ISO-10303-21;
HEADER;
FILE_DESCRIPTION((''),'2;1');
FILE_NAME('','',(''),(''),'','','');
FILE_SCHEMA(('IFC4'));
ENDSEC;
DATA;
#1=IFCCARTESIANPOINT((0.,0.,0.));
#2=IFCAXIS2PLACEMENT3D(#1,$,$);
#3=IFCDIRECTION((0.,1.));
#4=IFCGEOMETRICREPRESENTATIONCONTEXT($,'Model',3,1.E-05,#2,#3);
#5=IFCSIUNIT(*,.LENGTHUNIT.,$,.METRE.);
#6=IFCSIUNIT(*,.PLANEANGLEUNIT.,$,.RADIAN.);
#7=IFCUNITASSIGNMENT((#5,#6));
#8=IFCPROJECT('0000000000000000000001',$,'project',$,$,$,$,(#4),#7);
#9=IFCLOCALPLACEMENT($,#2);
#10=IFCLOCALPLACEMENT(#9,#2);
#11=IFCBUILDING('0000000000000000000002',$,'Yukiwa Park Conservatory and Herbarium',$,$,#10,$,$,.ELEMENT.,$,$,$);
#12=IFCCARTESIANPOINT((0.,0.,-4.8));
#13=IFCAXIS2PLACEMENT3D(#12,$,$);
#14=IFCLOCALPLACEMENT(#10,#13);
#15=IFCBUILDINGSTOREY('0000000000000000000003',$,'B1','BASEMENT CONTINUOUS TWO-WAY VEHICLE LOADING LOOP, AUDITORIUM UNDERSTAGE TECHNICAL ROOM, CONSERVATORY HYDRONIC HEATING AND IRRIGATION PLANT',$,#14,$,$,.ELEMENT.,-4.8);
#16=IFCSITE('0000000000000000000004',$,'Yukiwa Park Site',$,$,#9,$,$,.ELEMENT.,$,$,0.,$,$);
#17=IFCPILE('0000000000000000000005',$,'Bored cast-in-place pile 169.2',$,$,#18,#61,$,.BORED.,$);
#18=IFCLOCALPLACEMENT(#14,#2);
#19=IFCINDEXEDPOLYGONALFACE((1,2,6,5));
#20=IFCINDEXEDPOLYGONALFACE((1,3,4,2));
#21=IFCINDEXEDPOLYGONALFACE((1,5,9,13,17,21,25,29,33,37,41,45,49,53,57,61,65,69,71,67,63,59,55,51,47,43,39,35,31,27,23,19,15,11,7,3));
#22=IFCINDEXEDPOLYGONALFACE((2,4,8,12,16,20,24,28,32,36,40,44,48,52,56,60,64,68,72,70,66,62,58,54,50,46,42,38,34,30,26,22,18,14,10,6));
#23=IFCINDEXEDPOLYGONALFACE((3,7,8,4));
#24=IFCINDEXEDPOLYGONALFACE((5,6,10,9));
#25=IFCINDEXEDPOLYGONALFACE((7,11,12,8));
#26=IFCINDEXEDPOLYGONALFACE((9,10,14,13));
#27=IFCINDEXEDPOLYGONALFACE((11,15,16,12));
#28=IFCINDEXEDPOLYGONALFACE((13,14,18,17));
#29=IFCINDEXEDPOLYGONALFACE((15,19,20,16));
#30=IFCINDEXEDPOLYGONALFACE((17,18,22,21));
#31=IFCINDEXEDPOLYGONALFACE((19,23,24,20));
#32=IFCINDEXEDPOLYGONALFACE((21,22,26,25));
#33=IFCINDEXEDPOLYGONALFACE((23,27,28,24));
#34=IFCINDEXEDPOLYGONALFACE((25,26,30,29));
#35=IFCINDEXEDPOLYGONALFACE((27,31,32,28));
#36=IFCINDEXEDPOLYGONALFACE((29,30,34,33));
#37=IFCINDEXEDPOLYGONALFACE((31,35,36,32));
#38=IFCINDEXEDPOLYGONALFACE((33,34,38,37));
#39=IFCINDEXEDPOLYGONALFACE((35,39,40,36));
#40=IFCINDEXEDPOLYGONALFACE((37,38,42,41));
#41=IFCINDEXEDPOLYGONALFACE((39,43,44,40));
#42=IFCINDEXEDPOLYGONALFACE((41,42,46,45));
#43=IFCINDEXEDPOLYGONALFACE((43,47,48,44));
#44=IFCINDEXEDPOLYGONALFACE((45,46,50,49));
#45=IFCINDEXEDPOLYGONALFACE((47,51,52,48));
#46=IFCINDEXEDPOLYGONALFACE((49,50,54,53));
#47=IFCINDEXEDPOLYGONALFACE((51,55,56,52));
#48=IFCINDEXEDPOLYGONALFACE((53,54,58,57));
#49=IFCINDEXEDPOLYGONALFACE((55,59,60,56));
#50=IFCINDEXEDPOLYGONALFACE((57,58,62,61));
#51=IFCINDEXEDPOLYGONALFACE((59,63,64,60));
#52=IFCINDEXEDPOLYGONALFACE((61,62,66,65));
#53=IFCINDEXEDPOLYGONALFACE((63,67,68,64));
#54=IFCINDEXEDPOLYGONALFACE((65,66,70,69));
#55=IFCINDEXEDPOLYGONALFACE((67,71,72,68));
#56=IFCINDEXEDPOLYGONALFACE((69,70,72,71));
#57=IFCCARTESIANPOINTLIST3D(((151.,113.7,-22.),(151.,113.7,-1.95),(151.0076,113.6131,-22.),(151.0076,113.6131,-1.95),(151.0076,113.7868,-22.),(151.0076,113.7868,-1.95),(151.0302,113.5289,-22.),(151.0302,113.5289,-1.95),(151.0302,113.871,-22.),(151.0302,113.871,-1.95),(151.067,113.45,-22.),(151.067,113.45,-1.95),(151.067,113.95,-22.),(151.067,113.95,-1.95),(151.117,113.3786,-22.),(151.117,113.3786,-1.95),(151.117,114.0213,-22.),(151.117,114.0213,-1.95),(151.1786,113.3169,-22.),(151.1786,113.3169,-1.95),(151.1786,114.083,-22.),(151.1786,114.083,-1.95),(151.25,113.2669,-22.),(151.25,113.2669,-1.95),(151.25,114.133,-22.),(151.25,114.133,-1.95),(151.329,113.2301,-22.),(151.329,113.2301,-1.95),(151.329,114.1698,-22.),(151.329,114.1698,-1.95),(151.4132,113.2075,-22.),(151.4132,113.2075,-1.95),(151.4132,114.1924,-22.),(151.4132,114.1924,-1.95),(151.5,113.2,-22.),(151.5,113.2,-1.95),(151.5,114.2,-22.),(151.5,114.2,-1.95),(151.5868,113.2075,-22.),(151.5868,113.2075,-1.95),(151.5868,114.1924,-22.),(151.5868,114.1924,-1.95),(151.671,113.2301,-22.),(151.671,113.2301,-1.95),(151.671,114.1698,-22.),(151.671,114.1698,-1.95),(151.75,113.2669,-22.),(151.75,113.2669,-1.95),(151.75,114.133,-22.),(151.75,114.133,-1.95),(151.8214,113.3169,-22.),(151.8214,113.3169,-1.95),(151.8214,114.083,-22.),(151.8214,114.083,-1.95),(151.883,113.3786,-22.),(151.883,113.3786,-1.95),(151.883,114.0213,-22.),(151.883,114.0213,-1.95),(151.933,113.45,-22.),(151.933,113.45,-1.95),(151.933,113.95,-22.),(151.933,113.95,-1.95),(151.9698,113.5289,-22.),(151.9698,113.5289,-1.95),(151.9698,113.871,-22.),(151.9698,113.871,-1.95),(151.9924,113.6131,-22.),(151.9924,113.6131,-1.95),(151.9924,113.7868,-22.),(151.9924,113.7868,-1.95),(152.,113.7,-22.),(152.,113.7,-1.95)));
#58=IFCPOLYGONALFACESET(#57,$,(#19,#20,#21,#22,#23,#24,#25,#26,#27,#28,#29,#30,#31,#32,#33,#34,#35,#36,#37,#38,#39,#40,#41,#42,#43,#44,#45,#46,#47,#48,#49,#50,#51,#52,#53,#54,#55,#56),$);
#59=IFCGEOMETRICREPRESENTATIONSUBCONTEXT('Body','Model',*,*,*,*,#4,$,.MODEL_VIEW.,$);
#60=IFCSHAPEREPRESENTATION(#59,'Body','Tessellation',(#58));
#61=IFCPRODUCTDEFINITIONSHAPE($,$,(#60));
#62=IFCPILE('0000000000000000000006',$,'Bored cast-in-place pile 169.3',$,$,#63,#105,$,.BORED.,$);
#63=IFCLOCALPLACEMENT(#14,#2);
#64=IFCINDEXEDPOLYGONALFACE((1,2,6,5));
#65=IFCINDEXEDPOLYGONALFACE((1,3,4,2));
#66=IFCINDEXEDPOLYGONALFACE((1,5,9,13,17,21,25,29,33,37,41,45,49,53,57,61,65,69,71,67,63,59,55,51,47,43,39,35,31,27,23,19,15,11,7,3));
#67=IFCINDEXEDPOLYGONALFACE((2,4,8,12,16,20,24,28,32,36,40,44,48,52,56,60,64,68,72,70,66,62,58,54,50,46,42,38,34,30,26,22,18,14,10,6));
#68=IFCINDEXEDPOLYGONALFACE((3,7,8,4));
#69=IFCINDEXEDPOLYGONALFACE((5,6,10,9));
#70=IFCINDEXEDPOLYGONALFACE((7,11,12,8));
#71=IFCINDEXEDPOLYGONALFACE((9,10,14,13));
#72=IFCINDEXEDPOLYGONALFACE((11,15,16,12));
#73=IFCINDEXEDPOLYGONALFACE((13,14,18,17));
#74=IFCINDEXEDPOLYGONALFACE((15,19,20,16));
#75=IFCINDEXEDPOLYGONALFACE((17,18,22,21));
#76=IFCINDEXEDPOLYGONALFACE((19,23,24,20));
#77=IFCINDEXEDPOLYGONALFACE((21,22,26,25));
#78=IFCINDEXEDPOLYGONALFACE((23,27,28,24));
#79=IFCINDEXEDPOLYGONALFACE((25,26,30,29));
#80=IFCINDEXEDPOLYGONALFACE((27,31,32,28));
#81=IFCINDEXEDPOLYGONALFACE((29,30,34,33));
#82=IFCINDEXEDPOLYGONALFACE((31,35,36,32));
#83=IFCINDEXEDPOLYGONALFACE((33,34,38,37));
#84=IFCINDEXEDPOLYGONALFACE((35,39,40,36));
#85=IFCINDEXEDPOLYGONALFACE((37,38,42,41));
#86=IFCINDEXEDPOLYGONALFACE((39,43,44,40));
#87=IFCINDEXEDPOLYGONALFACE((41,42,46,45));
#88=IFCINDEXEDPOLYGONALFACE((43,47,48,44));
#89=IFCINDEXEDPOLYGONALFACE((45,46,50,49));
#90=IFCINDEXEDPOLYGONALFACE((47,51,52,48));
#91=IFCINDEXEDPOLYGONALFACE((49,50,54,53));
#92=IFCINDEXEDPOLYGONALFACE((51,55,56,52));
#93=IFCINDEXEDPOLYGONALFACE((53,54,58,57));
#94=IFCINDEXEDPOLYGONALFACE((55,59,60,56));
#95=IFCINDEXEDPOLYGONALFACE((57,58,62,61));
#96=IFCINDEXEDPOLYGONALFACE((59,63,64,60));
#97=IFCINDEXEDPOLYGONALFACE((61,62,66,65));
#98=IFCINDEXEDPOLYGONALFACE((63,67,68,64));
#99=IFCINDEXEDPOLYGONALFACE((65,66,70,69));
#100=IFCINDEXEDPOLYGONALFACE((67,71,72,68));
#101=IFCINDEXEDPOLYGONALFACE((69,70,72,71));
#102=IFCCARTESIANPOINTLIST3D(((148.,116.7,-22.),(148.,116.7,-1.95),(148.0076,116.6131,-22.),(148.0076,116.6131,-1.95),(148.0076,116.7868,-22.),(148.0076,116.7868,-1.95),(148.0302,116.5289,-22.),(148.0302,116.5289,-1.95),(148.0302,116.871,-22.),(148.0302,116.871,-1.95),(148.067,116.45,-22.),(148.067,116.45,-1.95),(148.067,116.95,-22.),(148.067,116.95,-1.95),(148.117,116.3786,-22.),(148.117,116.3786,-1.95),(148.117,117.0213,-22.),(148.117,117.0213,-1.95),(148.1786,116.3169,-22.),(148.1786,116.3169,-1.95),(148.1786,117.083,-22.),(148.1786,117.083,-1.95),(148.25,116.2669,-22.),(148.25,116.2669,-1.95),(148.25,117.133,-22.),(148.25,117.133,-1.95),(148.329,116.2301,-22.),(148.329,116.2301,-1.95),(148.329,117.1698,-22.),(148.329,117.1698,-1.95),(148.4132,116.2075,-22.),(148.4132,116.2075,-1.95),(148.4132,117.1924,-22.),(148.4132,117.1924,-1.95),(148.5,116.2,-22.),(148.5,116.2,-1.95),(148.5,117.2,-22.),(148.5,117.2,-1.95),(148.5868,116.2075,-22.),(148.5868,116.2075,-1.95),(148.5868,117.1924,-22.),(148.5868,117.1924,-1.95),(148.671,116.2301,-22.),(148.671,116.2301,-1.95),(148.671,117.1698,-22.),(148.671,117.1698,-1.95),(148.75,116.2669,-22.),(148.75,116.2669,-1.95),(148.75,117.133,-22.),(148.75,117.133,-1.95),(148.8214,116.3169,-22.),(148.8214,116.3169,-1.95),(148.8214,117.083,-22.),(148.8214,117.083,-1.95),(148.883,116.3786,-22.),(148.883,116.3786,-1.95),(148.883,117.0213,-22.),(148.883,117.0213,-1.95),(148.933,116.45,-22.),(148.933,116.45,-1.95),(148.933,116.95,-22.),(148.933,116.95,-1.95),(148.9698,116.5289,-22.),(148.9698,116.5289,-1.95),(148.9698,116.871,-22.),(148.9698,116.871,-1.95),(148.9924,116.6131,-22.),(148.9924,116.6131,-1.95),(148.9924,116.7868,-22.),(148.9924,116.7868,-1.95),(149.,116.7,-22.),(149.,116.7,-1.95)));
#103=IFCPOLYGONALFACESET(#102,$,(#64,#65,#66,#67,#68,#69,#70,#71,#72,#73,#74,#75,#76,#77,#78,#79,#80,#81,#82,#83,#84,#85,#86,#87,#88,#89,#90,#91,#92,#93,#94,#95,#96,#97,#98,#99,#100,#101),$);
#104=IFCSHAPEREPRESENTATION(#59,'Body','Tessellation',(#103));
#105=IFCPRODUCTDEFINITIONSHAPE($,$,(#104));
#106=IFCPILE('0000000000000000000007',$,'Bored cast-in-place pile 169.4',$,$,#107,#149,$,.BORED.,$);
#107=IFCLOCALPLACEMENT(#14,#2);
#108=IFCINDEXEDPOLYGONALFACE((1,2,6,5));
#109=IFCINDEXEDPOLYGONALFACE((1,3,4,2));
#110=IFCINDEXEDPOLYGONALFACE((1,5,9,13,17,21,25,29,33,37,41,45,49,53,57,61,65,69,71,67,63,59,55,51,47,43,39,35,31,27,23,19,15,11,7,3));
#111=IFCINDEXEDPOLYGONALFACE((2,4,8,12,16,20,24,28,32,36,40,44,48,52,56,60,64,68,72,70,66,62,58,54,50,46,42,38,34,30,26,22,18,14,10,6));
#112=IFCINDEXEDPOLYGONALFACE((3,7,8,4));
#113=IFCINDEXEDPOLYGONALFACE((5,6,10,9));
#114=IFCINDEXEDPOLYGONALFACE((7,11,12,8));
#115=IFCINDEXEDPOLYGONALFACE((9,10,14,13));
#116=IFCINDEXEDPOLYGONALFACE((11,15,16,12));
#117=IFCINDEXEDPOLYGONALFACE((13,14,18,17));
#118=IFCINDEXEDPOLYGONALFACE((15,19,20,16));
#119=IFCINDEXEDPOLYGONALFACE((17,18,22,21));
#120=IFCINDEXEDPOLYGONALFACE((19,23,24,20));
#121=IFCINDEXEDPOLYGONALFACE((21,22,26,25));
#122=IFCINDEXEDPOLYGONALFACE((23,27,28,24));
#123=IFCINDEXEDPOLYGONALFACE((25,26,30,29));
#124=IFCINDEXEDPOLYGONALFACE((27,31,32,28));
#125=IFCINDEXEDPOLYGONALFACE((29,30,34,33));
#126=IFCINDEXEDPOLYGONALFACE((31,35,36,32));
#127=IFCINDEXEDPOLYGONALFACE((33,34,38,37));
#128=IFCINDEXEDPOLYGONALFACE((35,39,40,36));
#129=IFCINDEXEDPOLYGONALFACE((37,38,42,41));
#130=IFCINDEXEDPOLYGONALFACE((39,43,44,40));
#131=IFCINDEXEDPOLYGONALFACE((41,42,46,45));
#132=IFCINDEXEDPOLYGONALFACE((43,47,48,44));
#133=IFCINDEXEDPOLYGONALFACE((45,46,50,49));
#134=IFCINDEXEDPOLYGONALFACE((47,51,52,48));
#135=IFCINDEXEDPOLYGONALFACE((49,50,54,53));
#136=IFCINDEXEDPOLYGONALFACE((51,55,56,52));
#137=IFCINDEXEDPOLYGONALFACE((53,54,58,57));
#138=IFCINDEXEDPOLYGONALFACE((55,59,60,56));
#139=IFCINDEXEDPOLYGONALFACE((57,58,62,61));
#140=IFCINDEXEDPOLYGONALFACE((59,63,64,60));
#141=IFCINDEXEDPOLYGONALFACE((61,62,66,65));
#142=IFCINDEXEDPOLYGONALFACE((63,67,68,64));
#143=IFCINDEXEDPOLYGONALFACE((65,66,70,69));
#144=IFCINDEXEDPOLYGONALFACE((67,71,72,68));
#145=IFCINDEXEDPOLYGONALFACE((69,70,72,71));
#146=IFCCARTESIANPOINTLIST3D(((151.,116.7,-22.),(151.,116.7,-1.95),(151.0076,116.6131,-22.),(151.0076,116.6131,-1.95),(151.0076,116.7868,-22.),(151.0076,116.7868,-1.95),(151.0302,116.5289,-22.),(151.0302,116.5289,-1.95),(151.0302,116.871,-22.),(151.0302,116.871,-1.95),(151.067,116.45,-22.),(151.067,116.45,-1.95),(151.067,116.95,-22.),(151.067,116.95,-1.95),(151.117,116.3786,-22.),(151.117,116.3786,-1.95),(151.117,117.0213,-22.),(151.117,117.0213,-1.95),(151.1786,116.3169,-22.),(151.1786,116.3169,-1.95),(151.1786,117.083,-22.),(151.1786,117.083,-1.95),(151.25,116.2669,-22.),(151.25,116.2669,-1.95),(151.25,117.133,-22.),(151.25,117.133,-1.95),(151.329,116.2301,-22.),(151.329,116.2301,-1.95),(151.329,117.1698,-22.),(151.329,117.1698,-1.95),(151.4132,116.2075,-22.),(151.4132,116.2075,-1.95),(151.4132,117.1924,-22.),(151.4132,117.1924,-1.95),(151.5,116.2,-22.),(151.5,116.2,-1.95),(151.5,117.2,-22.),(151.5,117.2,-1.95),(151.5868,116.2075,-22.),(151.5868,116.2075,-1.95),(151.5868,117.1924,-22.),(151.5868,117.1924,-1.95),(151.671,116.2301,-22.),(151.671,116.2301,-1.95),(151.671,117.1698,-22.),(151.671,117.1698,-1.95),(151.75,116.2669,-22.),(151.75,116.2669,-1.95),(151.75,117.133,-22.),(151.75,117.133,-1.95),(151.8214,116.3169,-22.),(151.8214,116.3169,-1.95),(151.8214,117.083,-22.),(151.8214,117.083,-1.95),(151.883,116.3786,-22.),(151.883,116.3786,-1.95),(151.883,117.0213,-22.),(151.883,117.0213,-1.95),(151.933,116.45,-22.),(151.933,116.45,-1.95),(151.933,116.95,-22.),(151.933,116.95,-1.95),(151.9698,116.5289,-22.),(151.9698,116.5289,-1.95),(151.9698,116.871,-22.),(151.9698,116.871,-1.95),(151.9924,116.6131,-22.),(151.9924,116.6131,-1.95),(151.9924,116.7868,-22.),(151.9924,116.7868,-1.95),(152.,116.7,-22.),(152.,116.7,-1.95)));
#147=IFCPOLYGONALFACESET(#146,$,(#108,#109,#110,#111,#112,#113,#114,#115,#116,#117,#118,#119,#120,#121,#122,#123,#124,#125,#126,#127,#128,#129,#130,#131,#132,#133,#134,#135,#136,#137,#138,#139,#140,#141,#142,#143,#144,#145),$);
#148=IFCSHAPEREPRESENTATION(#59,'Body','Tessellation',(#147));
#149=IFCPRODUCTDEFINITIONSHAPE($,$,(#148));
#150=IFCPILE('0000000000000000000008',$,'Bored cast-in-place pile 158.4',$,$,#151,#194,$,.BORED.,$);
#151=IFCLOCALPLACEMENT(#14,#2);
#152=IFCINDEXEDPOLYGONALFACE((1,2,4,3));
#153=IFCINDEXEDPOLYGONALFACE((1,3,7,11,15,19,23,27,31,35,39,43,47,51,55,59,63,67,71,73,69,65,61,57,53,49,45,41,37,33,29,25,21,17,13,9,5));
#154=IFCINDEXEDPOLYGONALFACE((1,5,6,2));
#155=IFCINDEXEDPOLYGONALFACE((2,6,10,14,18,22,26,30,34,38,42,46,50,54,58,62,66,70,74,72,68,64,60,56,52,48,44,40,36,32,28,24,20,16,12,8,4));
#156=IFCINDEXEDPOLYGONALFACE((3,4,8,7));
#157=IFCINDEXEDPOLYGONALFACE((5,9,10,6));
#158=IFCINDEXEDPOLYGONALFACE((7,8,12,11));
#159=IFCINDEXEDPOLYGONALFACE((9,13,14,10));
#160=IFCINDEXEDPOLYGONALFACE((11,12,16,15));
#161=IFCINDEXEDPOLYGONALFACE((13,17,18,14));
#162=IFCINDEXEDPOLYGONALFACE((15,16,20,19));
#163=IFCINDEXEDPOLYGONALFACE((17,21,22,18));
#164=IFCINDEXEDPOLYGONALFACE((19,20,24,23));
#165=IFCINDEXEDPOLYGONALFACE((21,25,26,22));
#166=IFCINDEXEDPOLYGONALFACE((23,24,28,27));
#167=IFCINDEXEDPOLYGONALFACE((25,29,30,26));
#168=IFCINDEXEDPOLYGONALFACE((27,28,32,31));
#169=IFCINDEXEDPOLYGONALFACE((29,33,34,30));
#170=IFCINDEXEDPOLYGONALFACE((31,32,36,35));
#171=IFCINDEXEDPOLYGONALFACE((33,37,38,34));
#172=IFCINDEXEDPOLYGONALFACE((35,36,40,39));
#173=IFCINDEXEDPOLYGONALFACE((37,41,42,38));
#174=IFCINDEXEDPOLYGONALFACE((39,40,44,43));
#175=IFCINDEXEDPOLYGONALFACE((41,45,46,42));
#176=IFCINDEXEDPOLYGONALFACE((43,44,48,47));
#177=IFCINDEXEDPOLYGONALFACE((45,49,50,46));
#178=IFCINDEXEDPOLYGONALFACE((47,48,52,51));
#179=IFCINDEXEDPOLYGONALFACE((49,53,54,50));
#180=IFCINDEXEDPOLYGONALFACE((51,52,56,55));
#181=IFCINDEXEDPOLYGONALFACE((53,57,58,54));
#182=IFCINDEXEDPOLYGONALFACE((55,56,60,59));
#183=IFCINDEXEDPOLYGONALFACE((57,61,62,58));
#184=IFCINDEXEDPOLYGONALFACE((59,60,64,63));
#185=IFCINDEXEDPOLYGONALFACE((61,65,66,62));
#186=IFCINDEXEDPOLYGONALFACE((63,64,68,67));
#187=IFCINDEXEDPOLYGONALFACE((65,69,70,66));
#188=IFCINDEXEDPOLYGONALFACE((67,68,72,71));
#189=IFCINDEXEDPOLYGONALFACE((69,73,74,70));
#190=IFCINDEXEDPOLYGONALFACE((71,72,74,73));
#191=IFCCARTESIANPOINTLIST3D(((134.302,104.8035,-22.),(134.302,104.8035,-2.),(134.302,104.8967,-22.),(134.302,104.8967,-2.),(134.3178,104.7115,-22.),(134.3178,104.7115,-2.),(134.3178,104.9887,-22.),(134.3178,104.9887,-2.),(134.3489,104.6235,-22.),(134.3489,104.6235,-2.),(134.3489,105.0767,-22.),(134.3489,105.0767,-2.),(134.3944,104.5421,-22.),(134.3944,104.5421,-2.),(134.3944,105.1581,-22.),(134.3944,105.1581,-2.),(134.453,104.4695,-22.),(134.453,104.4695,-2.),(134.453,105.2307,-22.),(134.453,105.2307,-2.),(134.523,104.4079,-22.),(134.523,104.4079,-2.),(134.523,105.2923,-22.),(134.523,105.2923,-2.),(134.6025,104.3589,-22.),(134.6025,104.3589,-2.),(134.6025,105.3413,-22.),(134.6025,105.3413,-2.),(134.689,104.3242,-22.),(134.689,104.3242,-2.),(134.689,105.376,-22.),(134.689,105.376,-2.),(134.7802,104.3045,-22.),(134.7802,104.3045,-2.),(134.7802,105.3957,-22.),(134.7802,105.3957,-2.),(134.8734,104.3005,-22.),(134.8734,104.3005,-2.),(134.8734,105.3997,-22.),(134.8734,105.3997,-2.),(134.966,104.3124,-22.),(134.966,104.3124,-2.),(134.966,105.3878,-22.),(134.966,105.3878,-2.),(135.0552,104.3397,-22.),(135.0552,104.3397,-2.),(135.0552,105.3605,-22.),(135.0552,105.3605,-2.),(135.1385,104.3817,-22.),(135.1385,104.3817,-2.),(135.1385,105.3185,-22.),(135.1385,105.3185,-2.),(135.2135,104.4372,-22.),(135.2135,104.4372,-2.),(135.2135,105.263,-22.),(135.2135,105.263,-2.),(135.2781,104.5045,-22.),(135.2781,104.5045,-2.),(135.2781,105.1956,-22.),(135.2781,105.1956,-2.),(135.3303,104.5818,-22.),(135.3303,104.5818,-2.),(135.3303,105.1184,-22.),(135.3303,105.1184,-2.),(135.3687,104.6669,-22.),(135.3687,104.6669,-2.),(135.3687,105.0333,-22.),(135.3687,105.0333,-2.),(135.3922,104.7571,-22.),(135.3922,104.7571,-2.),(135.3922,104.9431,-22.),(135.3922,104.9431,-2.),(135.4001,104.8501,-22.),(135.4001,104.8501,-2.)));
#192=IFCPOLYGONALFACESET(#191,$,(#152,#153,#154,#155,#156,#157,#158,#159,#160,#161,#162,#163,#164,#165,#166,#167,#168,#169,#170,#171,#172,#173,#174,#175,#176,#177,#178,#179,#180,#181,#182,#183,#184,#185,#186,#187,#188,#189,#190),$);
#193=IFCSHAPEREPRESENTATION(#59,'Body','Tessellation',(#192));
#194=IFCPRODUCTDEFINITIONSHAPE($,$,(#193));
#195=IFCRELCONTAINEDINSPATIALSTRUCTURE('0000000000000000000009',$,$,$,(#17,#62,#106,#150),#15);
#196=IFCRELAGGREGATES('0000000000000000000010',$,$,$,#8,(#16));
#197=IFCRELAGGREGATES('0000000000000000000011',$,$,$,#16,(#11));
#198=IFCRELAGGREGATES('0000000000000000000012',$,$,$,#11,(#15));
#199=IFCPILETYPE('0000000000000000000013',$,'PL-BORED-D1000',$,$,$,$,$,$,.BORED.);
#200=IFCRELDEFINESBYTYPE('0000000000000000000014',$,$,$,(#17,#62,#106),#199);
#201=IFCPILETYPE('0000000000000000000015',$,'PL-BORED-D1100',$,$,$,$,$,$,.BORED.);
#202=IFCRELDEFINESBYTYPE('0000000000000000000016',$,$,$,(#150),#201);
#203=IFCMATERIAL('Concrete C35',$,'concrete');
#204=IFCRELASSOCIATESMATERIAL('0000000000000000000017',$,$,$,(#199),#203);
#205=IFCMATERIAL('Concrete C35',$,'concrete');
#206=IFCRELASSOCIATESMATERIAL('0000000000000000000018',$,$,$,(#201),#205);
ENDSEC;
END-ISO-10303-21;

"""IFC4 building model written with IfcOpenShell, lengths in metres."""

from ifc_helpers import new_model, si_unit, direction, frame, origin, origin_2d, place, context, subcontext, project, spatial, circle, extrude, material, material_profile, profile_set, type_object, element, save


model = new_model("IFC4")

# Units and contexts
model_context = context("Model", 3, precision=1e-05, world=origin(), true_north=direction((0.0, 1.0)))
body_context = subcontext(model_context, "Body", "Model", "MODEL_VIEW")
ifc_project = project(units=[si_unit("LENGTHUNIT", "METRE"), si_unit("PLANEANGLEUNIT", "RADIAN")], contexts=[model_context])

# Site, building, storey
site_placement = place(None, origin())
site = spatial("IfcSite", under=ifc_project, at=site_placement, Name="Yukiwa Park Site", CompositionType="ELEMENT", RefElevation=0.0)
building_placement = place(site_placement, origin())
building = spatial("IfcBuilding", under=site, at=building_placement, Name="Yukiwa Park Conservatory and Herbarium", CompositionType="ELEMENT")
storey_placement = place(building_placement, frame((0.0, 0.0, -4.8)))
storey = spatial("IfcBuildingStorey", under=building, at=storey_placement, Name="B1", Description="BASEMENT CONTINUOUS TWO-WAY VEHICLE LOADING LOOP, AUDITORIUM UNDERSTAGE TECHNICAL ROOM, CONSERVATORY HYDRONIC HEATING AND IRRIGATION PLANT", CompositionType="ELEMENT", Elevation=-4.8)

# Piles
ifc_material_1 = material(Name="Concrete C35", Category="concrete")
ifc_material_profile_1 = material_profile(ifc_material_1, circle(Radius=0.5, at=origin_2d()), Name="PILE D1000")
ifc_profile_set_1 = profile_set([ifc_material_profile_1], Name="Concrete C35")
pile_type_1 = type_object("IfcPileType", Name="PL-BORED-D1000", PredefinedType="BORED", material=ifc_profile_set_1)
for number, where, z_axis, x_axis, name in (
    (1, (151.5, 113.7, -1.95), (0.0, 0.0, -1.0), (1.0, 0.0, 0.0), "Bored cast-in-place pile 169.2"),
    (2, (148.5, 116.7, -1.95), (0.0, 0.0, -1.0), (1.0, 0.0, 0.0), "Bored cast-in-place pile 169.3"),
    (3, (151.5, 116.7, -1.95), (0.0, 0.0, -1.0), (1.0, 0.0, 0.0), "Bored cast-in-place pile 169.4"),
):
    element("IfcPile", number, at=place(storey_placement, frame(where, z_axis=z_axis, x_axis=x_axis)), inside=storey, type_object=pile_type_1, Name=name, PredefinedType="BORED", context=body_context, shape_type="SweptSolid", body=[
        extrude(circle(Radius=0.5, at=origin_2d()), origin(), (0.0, 0.0, 1.0), 20.05),
    ])
ifc_material_2 = material(Name="Concrete C35", Category="concrete")
ifc_material_profile_2 = material_profile(ifc_material_2, circle(Radius=0.55, at=origin_2d()), Name="PILE D1100")
ifc_profile_set_2 = profile_set([ifc_material_profile_2], Name="Concrete C35")
pile_type_2 = type_object("IfcPileType", Name="PL-BORED-D1100", PredefinedType="BORED", material=ifc_profile_set_2)
for number, where, z_axis, x_axis, name in (
    (4, (134.8501, 104.8501, -2.0), (0.0, 0.0, -1.0), (1.0, 0.0, 0.0), "Bored cast-in-place pile 158.4"),
):
    element("IfcPile", number, at=place(storey_placement, frame(where, z_axis=z_axis, x_axis=x_axis)), inside=storey, type_object=pile_type_2, Name=name, PredefinedType="BORED", context=body_context, shape_type="SweptSolid", body=[
        extrude(circle(Radius=0.55, at=origin_2d()), origin(), (0.0, 0.0, 1.0), 20.0),
    ])

save(model, "model.ifc")
